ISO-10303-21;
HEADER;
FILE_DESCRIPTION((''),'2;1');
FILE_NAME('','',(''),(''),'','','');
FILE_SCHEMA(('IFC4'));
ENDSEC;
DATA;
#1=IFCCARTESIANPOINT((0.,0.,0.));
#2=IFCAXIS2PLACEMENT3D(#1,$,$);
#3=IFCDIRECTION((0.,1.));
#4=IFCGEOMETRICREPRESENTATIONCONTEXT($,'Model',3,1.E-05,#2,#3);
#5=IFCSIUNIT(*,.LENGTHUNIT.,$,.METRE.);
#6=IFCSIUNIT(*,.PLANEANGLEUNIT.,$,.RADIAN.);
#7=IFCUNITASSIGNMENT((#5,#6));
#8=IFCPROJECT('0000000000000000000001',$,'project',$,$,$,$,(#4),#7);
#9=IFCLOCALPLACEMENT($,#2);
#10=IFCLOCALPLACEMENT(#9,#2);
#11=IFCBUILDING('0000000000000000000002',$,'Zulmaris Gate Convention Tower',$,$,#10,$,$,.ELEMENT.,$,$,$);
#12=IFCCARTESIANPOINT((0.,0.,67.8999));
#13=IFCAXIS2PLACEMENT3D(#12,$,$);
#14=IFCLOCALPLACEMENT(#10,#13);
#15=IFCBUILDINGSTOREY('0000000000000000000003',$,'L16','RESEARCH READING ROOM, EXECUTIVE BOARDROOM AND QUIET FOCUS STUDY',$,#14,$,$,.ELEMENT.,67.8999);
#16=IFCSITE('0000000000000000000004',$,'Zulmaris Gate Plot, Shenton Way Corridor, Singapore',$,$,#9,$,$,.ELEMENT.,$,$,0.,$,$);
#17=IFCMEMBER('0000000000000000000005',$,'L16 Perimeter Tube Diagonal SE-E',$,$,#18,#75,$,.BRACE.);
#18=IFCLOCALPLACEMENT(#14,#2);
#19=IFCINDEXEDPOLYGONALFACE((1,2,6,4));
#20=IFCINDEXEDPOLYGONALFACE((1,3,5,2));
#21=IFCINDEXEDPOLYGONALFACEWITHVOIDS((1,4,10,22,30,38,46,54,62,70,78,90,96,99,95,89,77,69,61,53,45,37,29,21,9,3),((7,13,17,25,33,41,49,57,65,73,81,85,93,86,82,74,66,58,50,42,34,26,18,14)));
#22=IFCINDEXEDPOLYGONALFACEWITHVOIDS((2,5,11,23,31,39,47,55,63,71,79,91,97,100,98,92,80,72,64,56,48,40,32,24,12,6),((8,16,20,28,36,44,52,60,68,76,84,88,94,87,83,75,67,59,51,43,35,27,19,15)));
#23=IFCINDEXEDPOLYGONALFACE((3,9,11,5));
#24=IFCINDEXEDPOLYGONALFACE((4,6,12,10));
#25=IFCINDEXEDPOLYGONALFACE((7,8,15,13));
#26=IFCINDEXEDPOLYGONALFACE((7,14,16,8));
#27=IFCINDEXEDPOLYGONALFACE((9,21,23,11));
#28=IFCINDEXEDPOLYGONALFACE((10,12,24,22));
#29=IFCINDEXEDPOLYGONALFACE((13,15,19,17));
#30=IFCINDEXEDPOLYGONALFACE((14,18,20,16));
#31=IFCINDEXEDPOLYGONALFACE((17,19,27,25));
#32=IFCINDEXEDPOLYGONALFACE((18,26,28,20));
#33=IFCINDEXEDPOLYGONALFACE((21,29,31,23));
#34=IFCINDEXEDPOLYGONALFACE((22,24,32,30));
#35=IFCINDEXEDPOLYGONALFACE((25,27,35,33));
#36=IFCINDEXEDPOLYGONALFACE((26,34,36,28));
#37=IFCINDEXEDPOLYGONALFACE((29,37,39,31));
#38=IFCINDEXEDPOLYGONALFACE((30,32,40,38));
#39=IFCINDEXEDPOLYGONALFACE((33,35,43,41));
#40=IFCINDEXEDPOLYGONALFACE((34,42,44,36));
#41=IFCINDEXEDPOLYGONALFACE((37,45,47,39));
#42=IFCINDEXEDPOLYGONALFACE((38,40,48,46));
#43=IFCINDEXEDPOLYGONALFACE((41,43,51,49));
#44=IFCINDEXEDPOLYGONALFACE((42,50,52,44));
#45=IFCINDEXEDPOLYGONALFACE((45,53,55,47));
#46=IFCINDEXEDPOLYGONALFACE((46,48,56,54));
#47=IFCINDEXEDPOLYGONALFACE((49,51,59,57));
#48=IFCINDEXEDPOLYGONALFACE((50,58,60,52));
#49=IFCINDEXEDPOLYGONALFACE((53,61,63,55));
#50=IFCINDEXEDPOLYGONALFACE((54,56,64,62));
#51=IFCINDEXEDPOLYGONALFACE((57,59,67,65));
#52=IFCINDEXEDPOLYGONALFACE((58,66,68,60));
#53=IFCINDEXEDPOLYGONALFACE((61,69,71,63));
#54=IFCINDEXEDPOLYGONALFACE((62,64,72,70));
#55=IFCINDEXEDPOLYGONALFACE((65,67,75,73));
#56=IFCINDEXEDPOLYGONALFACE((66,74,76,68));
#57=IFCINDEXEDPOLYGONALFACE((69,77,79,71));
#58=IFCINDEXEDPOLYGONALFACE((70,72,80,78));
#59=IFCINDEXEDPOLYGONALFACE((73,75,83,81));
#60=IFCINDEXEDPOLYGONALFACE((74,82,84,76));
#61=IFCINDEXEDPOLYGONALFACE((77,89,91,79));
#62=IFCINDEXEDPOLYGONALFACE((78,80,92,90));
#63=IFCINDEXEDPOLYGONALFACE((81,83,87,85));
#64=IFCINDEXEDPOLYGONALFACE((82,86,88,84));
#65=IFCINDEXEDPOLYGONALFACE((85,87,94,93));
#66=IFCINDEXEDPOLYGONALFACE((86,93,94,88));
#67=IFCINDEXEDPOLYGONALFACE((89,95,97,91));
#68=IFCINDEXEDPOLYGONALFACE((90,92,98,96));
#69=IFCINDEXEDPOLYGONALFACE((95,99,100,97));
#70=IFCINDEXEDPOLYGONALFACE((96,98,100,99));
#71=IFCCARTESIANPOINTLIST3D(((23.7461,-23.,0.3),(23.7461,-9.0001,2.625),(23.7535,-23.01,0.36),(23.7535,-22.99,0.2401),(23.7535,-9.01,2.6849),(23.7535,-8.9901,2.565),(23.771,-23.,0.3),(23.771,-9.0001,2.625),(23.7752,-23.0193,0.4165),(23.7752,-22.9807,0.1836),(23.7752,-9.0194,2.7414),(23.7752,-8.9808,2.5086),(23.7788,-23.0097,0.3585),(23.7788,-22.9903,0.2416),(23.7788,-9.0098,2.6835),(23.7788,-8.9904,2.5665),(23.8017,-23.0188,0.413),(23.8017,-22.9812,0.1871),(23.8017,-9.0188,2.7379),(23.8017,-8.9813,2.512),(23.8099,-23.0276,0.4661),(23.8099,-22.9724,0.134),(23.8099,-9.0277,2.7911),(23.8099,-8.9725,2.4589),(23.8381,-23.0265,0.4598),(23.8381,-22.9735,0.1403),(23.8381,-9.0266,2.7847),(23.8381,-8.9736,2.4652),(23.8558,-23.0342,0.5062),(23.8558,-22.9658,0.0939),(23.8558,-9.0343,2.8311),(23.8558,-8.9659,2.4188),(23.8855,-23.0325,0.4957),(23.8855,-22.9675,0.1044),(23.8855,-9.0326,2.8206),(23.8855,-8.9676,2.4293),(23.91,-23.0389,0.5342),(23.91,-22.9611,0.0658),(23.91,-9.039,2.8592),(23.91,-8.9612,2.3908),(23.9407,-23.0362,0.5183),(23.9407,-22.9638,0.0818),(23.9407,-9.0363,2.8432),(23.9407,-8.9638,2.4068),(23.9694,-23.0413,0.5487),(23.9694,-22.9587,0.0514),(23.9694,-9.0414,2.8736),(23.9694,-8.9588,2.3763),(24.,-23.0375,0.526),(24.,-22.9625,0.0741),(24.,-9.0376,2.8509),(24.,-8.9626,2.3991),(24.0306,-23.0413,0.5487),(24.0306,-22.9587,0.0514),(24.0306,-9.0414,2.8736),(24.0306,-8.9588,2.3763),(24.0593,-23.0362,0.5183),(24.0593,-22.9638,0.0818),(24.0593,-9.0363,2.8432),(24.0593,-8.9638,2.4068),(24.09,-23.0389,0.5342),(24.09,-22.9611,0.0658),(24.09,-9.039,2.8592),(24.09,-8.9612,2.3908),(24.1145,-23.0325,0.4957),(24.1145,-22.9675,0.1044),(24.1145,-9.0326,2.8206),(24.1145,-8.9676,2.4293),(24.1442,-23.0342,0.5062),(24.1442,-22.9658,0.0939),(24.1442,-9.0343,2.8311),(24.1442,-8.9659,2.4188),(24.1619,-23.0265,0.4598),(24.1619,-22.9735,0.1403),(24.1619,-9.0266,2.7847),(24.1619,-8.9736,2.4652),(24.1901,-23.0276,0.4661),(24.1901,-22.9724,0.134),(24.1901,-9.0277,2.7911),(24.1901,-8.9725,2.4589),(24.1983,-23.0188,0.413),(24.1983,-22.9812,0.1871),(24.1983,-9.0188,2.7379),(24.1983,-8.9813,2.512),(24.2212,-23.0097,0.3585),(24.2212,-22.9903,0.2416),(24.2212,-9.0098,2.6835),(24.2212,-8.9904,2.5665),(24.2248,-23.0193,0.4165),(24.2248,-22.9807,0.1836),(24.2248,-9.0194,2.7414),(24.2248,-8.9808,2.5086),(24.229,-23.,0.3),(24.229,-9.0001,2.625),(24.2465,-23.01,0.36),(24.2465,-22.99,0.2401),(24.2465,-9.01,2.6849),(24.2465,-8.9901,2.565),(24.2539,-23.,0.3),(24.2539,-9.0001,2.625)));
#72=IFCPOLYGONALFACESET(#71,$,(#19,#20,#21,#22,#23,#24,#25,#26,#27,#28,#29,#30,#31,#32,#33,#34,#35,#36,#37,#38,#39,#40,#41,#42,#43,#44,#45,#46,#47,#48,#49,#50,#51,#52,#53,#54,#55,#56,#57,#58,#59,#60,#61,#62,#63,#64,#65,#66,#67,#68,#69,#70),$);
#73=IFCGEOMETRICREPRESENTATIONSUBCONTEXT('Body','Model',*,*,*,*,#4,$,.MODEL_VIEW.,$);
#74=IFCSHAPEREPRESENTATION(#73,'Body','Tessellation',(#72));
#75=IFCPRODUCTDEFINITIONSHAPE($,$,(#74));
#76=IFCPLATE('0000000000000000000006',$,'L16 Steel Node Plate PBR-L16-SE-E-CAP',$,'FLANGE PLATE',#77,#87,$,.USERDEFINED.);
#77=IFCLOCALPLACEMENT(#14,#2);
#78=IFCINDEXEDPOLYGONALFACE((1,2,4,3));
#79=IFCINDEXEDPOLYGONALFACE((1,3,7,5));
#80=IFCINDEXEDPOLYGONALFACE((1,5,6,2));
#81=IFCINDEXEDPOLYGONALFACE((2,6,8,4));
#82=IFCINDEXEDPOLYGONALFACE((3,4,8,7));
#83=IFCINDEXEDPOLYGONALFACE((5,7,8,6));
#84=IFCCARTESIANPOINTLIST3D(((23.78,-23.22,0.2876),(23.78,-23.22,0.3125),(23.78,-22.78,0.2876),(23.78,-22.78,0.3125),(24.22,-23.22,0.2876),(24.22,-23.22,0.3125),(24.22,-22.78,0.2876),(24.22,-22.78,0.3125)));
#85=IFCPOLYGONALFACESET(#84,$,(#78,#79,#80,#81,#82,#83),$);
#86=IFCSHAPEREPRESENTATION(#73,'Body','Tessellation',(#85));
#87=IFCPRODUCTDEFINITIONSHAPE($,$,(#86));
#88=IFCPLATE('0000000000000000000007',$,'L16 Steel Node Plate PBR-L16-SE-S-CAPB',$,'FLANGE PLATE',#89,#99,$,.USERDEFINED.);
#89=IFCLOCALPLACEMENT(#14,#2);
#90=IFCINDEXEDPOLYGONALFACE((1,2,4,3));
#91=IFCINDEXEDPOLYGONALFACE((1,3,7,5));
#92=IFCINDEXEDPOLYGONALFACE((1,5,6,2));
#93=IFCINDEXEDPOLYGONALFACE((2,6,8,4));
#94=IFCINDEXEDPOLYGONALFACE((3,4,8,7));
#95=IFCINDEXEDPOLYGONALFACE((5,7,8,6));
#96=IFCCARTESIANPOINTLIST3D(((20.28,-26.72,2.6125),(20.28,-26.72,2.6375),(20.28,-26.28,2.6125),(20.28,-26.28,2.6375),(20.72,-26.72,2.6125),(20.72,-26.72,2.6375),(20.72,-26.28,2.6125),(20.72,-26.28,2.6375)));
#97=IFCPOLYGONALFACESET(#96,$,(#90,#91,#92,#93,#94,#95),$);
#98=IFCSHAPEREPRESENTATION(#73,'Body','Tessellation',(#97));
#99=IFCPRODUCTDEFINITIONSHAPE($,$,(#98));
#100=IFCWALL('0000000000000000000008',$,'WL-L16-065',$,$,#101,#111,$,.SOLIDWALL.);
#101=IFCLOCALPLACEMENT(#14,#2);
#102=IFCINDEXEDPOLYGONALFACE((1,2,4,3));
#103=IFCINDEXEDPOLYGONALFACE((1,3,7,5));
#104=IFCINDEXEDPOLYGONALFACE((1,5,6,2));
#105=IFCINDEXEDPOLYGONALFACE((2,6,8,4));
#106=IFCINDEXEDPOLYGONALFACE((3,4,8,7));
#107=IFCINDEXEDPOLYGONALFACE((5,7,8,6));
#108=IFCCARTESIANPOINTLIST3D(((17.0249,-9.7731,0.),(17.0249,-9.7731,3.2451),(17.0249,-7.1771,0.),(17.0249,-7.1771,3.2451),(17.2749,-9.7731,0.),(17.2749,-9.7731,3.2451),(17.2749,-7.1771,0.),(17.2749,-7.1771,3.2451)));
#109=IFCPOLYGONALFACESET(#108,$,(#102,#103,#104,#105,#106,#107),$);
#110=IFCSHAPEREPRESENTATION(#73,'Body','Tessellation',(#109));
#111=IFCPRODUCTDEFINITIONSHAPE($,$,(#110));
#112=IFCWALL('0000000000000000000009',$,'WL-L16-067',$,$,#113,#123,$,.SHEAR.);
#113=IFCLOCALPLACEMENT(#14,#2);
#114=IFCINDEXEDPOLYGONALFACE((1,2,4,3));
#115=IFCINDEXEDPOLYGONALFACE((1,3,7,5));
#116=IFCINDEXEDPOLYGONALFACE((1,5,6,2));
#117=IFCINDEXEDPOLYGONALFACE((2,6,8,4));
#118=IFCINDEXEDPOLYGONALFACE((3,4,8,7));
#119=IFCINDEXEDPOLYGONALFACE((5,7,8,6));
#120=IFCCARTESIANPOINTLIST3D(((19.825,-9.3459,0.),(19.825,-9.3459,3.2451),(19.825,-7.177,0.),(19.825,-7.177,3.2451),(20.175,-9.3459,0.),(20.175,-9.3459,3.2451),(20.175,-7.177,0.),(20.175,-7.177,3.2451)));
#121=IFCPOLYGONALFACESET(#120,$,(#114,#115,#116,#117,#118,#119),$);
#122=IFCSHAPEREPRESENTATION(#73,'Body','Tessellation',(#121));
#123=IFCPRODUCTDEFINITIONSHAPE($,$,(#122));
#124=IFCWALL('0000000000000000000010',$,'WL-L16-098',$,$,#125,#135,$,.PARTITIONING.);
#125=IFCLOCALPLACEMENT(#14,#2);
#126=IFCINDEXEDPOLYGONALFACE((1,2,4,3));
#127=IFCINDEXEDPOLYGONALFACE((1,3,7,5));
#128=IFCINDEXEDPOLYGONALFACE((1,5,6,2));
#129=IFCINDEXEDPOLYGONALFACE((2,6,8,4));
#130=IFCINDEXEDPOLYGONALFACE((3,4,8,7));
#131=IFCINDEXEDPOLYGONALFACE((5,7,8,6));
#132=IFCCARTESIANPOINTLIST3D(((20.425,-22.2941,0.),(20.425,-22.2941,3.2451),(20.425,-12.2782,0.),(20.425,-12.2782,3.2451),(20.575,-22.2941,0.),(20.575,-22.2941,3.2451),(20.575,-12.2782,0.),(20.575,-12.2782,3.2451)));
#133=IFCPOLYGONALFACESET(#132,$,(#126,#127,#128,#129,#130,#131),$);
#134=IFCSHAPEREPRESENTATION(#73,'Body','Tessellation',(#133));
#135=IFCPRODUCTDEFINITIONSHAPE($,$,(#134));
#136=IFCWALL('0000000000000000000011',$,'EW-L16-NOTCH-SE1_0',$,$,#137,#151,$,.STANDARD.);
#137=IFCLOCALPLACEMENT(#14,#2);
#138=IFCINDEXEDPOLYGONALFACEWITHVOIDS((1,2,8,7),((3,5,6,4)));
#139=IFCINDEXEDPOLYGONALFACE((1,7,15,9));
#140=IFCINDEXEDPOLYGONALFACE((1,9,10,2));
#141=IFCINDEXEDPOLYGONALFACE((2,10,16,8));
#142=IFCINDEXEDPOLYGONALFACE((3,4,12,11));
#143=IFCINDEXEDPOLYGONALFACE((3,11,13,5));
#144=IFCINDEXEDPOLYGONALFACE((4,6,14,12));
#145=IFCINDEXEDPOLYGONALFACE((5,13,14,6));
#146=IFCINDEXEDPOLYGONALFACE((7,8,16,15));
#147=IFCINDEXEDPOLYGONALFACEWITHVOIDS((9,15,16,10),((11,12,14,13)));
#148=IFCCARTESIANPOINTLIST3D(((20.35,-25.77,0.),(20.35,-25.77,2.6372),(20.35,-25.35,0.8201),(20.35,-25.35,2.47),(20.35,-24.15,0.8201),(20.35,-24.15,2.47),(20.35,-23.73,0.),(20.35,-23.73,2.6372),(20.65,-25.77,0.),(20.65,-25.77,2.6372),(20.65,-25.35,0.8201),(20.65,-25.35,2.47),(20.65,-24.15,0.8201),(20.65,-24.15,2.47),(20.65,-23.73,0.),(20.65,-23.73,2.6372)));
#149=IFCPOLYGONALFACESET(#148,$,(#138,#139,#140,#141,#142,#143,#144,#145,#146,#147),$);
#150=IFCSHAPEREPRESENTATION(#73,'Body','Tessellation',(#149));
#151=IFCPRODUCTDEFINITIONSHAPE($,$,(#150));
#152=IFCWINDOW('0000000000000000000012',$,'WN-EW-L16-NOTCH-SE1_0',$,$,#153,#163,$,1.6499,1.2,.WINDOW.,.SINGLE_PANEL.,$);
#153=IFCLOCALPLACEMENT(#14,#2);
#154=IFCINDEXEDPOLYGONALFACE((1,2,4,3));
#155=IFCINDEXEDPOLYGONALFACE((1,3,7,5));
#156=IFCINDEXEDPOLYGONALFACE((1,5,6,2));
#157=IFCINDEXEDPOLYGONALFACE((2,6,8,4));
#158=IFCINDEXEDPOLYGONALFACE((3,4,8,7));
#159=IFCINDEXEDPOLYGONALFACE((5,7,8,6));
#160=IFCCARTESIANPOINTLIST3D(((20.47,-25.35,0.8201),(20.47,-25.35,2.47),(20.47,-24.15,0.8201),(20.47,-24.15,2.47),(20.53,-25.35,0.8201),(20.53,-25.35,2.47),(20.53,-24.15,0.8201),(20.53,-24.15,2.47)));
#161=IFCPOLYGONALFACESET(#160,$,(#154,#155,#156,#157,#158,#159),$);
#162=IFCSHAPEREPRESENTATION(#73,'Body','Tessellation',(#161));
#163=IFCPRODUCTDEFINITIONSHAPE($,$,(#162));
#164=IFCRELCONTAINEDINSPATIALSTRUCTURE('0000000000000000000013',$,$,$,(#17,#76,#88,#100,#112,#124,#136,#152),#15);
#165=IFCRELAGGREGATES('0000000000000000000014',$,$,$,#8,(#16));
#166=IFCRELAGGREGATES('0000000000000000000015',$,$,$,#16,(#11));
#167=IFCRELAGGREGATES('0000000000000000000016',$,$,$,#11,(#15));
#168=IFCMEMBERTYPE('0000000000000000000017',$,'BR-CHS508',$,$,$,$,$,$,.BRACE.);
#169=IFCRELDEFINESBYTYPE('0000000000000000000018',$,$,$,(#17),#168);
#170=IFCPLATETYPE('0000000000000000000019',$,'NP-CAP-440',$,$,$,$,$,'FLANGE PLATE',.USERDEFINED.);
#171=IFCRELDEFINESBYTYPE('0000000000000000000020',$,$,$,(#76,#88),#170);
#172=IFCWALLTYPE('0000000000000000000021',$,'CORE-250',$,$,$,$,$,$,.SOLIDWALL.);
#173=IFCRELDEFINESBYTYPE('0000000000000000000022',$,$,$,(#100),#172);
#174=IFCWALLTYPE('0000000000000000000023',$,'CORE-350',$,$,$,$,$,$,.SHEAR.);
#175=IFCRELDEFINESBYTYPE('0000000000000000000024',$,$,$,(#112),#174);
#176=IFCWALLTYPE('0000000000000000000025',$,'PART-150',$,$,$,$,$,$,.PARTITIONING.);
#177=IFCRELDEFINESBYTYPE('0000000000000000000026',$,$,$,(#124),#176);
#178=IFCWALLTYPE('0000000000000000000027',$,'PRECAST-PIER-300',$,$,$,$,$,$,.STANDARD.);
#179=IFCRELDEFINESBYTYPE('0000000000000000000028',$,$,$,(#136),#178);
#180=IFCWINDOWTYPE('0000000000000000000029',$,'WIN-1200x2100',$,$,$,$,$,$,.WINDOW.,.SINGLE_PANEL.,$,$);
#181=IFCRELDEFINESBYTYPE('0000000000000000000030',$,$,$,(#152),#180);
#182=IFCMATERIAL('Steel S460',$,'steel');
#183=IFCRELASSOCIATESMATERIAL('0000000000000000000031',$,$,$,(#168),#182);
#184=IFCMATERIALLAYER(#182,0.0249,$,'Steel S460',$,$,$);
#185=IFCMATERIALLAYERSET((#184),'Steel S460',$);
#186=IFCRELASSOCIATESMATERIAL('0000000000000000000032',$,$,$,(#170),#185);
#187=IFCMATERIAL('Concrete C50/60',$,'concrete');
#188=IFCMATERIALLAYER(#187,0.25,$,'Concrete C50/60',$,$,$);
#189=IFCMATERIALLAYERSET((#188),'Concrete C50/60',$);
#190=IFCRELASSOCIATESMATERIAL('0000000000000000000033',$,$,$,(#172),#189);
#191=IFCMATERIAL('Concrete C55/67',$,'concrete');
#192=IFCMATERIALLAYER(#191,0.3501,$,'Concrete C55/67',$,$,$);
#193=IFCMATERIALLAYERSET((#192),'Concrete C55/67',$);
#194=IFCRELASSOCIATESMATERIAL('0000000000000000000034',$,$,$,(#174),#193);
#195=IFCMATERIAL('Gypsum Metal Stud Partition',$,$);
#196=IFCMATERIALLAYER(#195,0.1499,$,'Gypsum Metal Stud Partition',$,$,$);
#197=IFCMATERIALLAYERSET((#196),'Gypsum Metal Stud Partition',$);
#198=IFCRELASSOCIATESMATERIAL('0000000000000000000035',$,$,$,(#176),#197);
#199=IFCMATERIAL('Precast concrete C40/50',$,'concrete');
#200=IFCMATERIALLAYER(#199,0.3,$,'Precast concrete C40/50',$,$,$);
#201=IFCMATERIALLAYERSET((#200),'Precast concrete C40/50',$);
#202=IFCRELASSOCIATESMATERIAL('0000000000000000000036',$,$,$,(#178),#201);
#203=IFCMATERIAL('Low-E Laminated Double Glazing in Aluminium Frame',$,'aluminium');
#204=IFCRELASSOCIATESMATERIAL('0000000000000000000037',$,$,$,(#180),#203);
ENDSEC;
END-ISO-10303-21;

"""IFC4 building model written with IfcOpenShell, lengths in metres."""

from ifc_helpers import new_model, si_unit, direction, frame, frame_2d, origin, origin_2d, place, context, subcontext, project, spatial, rectangle, hollow_circle, extrude, material, layer, layer_set, material_profile, profile_set, type_object, element, fill, save


model = new_model("IFC4")

# Units and contexts
model_context = context("Model", 3, precision=1e-05, world=origin(), true_north=direction((0.0, 1.0)))
body_context = subcontext(model_context, "Body", "Model", "MODEL_VIEW")
ifc_project = project(units=[si_unit("LENGTHUNIT", "METRE"), si_unit("PLANEANGLEUNIT", "RADIAN")], contexts=[model_context])

# Site, building, storey
site_placement = place(None, origin())
site = spatial("IfcSite", under=ifc_project, at=site_placement, Name="Zulmaris Gate Plot, Shenton Way Corridor, Singapore", CompositionType="ELEMENT", RefElevation=0.0)
building_placement = place(site_placement, origin())
building = spatial("IfcBuilding", under=site, at=building_placement, Name="Zulmaris Gate Convention Tower", CompositionType="ELEMENT")
storey_placement = place(building_placement, frame((0.0, 0.0, 67.8999)))
storey = spatial("IfcBuildingStorey", under=building, at=storey_placement, Name="L16", Description="RESEARCH READING ROOM, EXECUTIVE BOARDROOM AND QUIET FOCUS STUDY", CompositionType="ELEMENT", Elevation=67.8999)

# Member
ifc_material_1 = material(Name="Steel S460", Category="steel")
ifc_material_profile_1 = material_profile(ifc_material_1, hollow_circle(Radius=0.2539, WallThickness=0.0249, at=origin_2d()), Name="CHS 508x25")
ifc_profile_set_1 = profile_set([ifc_material_profile_1], Name="Steel S460")
member_type = type_object("IfcMemberType", Name="BR-CHS508", PredefinedType="BRACE", material=ifc_profile_set_1)
member_placement = place(storey_placement, frame((24.0, -23.0, 0.3), z_axis=(0.0, 0.98649, 0.163824), x_axis=(-1.0, 0.0, 0.0)))
element("IfcMember", 1, at=member_placement, inside=storey, type_object=member_type, Name="L16 Perimeter Tube Diagonal SE-E", PredefinedType="BRACE", context=body_context, shape_type="SweptSolid", body=[
    extrude(hollow_circle(Radius=0.2539, WallThickness=0.0249, at=origin_2d()), origin(), (0.0, 0.0, 1.0), 14.1917),
])

# Plates
ifc_layer_1 = layer(ifc_material_1, 0.0249, Name="Steel S460")
ifc_layer_set_1 = layer_set([ifc_layer_1], Name="Steel S460")
plate_type = type_object("IfcPlateType", Name="NP-CAP-440", ElementType="FLANGE PLATE", PredefinedType="USERDEFINED", material=ifc_layer_set_1)
for number, where, z_axis, x_axis, name in (
    (2, (24.0, -23.0, 0.2876), (0.0, 0.0, 1.0), (1.0, 0.0, 0.0), "L16 Steel Node Plate PBR-L16-SE-E-CAP"),
    (3, (20.5, -26.5, 2.6125), (0.0, 0.0, 1.0), (1.0, 0.0, 0.0), "L16 Steel Node Plate PBR-L16-SE-S-CAPB"),
):
    element("IfcPlate", number, at=place(storey_placement, frame(where, z_axis=z_axis, x_axis=x_axis)), inside=storey, type_object=plate_type, Name=name, ObjectType="FLANGE PLATE", PredefinedType="USERDEFINED", context=body_context, shape_type="SweptSolid", body=[
        extrude(rectangle(XDim=0.4399, YDim=0.4399, at=origin_2d()), origin(), (0.0, 0.0, 1.0), 0.0249),
    ])

# Walls
ifc_material_2 = material(Name="Concrete C50/60", Category="concrete")
ifc_layer_2 = layer(ifc_material_2, 0.25, Name="Concrete C50/60")
ifc_layer_set_2 = layer_set([ifc_layer_2], Name="Concrete C50/60")
wall_type_1 = type_object("IfcWallType", Name="CORE-250", PredefinedType="SOLIDWALL", material=ifc_layer_set_2)
wall_1_placement = place(storey_placement, frame((17.1499, -9.7729, 0.0), z_axis=(0.0, 0.0, 1.0), x_axis=(0.0, 1.0, 0.0)))
element("IfcWall", 4, at=wall_1_placement, inside=storey, type_object=wall_type_1, Name="WL-L16-065", PredefinedType="SOLIDWALL", context=body_context, shape_type="SweptSolid", body=[
    extrude(rectangle(XDim=2.5959, YDim=0.25, at=frame_2d((1.2979, 0.0))), origin(), (0.0, 0.0, 1.0), 3.2451),
])
ifc_material_3 = material(Name="Concrete C55/67", Category="concrete")
ifc_layer_3 = layer(ifc_material_3, 0.3501, Name="Concrete C55/67")
ifc_layer_set_3 = layer_set([ifc_layer_3], Name="Concrete C55/67")
wall_type_2 = type_object("IfcWallType", Name="CORE-350", PredefinedType="SHEAR", material=ifc_layer_set_3)
wall_2_placement = place(storey_placement, frame((20.0, -9.3459, 0.0), z_axis=(0.0, 0.0, 1.0), x_axis=(0.0, 1.0, 0.0)))
element("IfcWall", 5, at=wall_2_placement, inside=storey, type_object=wall_type_2, Name="WL-L16-067", PredefinedType="SHEAR", context=body_context, shape_type="SweptSolid", body=[
    extrude(rectangle(XDim=2.1689, YDim=0.3501, at=frame_2d((1.0845, 0.0))), origin(), (0.0, 0.0, 1.0), 3.2451),
])

# Shared definitions
ifc_material_4 = material(Name="Gypsum Metal Stud Partition")
ifc_layer_4 = layer(ifc_material_4, 0.1499, Name="Gypsum Metal Stud Partition")
ifc_layer_set_4 = layer_set([ifc_layer_4], Name="Gypsum Metal Stud Partition")
wall_type_3 = type_object("IfcWallType", Name="PART-150", PredefinedType="PARTITIONING", material=ifc_layer_set_4)

# Wall
wall_3_placement = place(storey_placement, frame((20.5, -22.2939, 0.0), z_axis=(0.0, 0.0, 1.0), x_axis=(0.0, 1.0, 0.0)))
element("IfcWall", 6, at=wall_3_placement, inside=storey, type_object=wall_type_3, Name="WL-L16-098", PredefinedType="PARTITIONING", context=body_context, shape_type="SweptSolid", body=[
    extrude(rectangle(XDim=10.0159, YDim=0.1499, at=frame_2d((5.0078, 0.0))), origin(), (0.0, 0.0, 1.0), 3.2451),
])

# Wall, opening, window
ifc_material_5 = material(Name="Precast concrete C40/50", Category="concrete")
ifc_layer_5 = layer(ifc_material_5, 0.3, Name="Precast concrete C40/50")
ifc_layer_set_5 = layer_set([ifc_layer_5], Name="Precast concrete C40/50")
wall_type_4 = type_object("IfcWallType", Name="PRECAST-PIER-300", PredefinedType="STANDARD", material=ifc_layer_set_5)
wall_4_placement = place(storey_placement, frame((20.5, -25.77, 0.0), z_axis=(0.0, 0.0, 1.0), x_axis=(0.0, 1.0, 0.0)))
wall_4 = element("IfcWall", 7, at=wall_4_placement, inside=storey, type_object=wall_type_4, Name="EW-L16-NOTCH-SE1_0", PredefinedType="STANDARD", context=body_context, shape_type="SweptSolid", body=[
    extrude(rectangle(XDim=2.04, YDim=0.3, at=frame_2d((1.02, 0.0))), origin(), (0.0, 0.0, 1.0), 2.6372),
])
opening_1_placement = place(wall_4_placement, frame((0.4199, 0.0, 0.8201)))
opening_1 = element("IfcOpeningElement", 8, at=opening_1_placement, cuts=wall_4, PredefinedType="OPENING", context=body_context, shape_type="SweptSolid", body=[
    extrude(rectangle(XDim=1.2, YDim=1.6499, at=frame_2d((0.6001, 0.825))), frame((0.0, 0.1602, 0.0), z_axis=(0.0, -1.0, 0.0), x_axis=(1.0, 0.0, 0.0)), (0.0, 0.0, 1.0), 0.3201),
])
ifc_material_6 = material(Name="Low-E Laminated Double Glazing in Aluminium Frame", Category="aluminium")
window_type = type_object("IfcWindowType", Name="WIN-1200x2100", PartitioningType="SINGLE_PANEL", PredefinedType="WINDOW", material=ifc_material_6)
window_1_placement = place(opening_1_placement, origin())
window_1 = element("IfcWindow", 9, at=window_1_placement, inside=storey, type_object=window_type, Name="WN-EW-L16-NOTCH-SE1_0", OverallHeight=1.6499, OverallWidth=1.2, PartitioningType="SINGLE_PANEL", PredefinedType="WINDOW", context=body_context, shape_type="SweptSolid", body=[
    extrude(rectangle(XDim=1.2, YDim=1.6499, at=frame_2d((0.6001, 0.825))), frame((0.0, 0.03, 0.0), z_axis=(0.0, -1.0, 0.0), x_axis=(1.0, 0.0, 0.0)), (0.0, 0.0, 1.0), 0.0601),
])
fill(opening_1, window_1)

save(model, "model.ifc")
